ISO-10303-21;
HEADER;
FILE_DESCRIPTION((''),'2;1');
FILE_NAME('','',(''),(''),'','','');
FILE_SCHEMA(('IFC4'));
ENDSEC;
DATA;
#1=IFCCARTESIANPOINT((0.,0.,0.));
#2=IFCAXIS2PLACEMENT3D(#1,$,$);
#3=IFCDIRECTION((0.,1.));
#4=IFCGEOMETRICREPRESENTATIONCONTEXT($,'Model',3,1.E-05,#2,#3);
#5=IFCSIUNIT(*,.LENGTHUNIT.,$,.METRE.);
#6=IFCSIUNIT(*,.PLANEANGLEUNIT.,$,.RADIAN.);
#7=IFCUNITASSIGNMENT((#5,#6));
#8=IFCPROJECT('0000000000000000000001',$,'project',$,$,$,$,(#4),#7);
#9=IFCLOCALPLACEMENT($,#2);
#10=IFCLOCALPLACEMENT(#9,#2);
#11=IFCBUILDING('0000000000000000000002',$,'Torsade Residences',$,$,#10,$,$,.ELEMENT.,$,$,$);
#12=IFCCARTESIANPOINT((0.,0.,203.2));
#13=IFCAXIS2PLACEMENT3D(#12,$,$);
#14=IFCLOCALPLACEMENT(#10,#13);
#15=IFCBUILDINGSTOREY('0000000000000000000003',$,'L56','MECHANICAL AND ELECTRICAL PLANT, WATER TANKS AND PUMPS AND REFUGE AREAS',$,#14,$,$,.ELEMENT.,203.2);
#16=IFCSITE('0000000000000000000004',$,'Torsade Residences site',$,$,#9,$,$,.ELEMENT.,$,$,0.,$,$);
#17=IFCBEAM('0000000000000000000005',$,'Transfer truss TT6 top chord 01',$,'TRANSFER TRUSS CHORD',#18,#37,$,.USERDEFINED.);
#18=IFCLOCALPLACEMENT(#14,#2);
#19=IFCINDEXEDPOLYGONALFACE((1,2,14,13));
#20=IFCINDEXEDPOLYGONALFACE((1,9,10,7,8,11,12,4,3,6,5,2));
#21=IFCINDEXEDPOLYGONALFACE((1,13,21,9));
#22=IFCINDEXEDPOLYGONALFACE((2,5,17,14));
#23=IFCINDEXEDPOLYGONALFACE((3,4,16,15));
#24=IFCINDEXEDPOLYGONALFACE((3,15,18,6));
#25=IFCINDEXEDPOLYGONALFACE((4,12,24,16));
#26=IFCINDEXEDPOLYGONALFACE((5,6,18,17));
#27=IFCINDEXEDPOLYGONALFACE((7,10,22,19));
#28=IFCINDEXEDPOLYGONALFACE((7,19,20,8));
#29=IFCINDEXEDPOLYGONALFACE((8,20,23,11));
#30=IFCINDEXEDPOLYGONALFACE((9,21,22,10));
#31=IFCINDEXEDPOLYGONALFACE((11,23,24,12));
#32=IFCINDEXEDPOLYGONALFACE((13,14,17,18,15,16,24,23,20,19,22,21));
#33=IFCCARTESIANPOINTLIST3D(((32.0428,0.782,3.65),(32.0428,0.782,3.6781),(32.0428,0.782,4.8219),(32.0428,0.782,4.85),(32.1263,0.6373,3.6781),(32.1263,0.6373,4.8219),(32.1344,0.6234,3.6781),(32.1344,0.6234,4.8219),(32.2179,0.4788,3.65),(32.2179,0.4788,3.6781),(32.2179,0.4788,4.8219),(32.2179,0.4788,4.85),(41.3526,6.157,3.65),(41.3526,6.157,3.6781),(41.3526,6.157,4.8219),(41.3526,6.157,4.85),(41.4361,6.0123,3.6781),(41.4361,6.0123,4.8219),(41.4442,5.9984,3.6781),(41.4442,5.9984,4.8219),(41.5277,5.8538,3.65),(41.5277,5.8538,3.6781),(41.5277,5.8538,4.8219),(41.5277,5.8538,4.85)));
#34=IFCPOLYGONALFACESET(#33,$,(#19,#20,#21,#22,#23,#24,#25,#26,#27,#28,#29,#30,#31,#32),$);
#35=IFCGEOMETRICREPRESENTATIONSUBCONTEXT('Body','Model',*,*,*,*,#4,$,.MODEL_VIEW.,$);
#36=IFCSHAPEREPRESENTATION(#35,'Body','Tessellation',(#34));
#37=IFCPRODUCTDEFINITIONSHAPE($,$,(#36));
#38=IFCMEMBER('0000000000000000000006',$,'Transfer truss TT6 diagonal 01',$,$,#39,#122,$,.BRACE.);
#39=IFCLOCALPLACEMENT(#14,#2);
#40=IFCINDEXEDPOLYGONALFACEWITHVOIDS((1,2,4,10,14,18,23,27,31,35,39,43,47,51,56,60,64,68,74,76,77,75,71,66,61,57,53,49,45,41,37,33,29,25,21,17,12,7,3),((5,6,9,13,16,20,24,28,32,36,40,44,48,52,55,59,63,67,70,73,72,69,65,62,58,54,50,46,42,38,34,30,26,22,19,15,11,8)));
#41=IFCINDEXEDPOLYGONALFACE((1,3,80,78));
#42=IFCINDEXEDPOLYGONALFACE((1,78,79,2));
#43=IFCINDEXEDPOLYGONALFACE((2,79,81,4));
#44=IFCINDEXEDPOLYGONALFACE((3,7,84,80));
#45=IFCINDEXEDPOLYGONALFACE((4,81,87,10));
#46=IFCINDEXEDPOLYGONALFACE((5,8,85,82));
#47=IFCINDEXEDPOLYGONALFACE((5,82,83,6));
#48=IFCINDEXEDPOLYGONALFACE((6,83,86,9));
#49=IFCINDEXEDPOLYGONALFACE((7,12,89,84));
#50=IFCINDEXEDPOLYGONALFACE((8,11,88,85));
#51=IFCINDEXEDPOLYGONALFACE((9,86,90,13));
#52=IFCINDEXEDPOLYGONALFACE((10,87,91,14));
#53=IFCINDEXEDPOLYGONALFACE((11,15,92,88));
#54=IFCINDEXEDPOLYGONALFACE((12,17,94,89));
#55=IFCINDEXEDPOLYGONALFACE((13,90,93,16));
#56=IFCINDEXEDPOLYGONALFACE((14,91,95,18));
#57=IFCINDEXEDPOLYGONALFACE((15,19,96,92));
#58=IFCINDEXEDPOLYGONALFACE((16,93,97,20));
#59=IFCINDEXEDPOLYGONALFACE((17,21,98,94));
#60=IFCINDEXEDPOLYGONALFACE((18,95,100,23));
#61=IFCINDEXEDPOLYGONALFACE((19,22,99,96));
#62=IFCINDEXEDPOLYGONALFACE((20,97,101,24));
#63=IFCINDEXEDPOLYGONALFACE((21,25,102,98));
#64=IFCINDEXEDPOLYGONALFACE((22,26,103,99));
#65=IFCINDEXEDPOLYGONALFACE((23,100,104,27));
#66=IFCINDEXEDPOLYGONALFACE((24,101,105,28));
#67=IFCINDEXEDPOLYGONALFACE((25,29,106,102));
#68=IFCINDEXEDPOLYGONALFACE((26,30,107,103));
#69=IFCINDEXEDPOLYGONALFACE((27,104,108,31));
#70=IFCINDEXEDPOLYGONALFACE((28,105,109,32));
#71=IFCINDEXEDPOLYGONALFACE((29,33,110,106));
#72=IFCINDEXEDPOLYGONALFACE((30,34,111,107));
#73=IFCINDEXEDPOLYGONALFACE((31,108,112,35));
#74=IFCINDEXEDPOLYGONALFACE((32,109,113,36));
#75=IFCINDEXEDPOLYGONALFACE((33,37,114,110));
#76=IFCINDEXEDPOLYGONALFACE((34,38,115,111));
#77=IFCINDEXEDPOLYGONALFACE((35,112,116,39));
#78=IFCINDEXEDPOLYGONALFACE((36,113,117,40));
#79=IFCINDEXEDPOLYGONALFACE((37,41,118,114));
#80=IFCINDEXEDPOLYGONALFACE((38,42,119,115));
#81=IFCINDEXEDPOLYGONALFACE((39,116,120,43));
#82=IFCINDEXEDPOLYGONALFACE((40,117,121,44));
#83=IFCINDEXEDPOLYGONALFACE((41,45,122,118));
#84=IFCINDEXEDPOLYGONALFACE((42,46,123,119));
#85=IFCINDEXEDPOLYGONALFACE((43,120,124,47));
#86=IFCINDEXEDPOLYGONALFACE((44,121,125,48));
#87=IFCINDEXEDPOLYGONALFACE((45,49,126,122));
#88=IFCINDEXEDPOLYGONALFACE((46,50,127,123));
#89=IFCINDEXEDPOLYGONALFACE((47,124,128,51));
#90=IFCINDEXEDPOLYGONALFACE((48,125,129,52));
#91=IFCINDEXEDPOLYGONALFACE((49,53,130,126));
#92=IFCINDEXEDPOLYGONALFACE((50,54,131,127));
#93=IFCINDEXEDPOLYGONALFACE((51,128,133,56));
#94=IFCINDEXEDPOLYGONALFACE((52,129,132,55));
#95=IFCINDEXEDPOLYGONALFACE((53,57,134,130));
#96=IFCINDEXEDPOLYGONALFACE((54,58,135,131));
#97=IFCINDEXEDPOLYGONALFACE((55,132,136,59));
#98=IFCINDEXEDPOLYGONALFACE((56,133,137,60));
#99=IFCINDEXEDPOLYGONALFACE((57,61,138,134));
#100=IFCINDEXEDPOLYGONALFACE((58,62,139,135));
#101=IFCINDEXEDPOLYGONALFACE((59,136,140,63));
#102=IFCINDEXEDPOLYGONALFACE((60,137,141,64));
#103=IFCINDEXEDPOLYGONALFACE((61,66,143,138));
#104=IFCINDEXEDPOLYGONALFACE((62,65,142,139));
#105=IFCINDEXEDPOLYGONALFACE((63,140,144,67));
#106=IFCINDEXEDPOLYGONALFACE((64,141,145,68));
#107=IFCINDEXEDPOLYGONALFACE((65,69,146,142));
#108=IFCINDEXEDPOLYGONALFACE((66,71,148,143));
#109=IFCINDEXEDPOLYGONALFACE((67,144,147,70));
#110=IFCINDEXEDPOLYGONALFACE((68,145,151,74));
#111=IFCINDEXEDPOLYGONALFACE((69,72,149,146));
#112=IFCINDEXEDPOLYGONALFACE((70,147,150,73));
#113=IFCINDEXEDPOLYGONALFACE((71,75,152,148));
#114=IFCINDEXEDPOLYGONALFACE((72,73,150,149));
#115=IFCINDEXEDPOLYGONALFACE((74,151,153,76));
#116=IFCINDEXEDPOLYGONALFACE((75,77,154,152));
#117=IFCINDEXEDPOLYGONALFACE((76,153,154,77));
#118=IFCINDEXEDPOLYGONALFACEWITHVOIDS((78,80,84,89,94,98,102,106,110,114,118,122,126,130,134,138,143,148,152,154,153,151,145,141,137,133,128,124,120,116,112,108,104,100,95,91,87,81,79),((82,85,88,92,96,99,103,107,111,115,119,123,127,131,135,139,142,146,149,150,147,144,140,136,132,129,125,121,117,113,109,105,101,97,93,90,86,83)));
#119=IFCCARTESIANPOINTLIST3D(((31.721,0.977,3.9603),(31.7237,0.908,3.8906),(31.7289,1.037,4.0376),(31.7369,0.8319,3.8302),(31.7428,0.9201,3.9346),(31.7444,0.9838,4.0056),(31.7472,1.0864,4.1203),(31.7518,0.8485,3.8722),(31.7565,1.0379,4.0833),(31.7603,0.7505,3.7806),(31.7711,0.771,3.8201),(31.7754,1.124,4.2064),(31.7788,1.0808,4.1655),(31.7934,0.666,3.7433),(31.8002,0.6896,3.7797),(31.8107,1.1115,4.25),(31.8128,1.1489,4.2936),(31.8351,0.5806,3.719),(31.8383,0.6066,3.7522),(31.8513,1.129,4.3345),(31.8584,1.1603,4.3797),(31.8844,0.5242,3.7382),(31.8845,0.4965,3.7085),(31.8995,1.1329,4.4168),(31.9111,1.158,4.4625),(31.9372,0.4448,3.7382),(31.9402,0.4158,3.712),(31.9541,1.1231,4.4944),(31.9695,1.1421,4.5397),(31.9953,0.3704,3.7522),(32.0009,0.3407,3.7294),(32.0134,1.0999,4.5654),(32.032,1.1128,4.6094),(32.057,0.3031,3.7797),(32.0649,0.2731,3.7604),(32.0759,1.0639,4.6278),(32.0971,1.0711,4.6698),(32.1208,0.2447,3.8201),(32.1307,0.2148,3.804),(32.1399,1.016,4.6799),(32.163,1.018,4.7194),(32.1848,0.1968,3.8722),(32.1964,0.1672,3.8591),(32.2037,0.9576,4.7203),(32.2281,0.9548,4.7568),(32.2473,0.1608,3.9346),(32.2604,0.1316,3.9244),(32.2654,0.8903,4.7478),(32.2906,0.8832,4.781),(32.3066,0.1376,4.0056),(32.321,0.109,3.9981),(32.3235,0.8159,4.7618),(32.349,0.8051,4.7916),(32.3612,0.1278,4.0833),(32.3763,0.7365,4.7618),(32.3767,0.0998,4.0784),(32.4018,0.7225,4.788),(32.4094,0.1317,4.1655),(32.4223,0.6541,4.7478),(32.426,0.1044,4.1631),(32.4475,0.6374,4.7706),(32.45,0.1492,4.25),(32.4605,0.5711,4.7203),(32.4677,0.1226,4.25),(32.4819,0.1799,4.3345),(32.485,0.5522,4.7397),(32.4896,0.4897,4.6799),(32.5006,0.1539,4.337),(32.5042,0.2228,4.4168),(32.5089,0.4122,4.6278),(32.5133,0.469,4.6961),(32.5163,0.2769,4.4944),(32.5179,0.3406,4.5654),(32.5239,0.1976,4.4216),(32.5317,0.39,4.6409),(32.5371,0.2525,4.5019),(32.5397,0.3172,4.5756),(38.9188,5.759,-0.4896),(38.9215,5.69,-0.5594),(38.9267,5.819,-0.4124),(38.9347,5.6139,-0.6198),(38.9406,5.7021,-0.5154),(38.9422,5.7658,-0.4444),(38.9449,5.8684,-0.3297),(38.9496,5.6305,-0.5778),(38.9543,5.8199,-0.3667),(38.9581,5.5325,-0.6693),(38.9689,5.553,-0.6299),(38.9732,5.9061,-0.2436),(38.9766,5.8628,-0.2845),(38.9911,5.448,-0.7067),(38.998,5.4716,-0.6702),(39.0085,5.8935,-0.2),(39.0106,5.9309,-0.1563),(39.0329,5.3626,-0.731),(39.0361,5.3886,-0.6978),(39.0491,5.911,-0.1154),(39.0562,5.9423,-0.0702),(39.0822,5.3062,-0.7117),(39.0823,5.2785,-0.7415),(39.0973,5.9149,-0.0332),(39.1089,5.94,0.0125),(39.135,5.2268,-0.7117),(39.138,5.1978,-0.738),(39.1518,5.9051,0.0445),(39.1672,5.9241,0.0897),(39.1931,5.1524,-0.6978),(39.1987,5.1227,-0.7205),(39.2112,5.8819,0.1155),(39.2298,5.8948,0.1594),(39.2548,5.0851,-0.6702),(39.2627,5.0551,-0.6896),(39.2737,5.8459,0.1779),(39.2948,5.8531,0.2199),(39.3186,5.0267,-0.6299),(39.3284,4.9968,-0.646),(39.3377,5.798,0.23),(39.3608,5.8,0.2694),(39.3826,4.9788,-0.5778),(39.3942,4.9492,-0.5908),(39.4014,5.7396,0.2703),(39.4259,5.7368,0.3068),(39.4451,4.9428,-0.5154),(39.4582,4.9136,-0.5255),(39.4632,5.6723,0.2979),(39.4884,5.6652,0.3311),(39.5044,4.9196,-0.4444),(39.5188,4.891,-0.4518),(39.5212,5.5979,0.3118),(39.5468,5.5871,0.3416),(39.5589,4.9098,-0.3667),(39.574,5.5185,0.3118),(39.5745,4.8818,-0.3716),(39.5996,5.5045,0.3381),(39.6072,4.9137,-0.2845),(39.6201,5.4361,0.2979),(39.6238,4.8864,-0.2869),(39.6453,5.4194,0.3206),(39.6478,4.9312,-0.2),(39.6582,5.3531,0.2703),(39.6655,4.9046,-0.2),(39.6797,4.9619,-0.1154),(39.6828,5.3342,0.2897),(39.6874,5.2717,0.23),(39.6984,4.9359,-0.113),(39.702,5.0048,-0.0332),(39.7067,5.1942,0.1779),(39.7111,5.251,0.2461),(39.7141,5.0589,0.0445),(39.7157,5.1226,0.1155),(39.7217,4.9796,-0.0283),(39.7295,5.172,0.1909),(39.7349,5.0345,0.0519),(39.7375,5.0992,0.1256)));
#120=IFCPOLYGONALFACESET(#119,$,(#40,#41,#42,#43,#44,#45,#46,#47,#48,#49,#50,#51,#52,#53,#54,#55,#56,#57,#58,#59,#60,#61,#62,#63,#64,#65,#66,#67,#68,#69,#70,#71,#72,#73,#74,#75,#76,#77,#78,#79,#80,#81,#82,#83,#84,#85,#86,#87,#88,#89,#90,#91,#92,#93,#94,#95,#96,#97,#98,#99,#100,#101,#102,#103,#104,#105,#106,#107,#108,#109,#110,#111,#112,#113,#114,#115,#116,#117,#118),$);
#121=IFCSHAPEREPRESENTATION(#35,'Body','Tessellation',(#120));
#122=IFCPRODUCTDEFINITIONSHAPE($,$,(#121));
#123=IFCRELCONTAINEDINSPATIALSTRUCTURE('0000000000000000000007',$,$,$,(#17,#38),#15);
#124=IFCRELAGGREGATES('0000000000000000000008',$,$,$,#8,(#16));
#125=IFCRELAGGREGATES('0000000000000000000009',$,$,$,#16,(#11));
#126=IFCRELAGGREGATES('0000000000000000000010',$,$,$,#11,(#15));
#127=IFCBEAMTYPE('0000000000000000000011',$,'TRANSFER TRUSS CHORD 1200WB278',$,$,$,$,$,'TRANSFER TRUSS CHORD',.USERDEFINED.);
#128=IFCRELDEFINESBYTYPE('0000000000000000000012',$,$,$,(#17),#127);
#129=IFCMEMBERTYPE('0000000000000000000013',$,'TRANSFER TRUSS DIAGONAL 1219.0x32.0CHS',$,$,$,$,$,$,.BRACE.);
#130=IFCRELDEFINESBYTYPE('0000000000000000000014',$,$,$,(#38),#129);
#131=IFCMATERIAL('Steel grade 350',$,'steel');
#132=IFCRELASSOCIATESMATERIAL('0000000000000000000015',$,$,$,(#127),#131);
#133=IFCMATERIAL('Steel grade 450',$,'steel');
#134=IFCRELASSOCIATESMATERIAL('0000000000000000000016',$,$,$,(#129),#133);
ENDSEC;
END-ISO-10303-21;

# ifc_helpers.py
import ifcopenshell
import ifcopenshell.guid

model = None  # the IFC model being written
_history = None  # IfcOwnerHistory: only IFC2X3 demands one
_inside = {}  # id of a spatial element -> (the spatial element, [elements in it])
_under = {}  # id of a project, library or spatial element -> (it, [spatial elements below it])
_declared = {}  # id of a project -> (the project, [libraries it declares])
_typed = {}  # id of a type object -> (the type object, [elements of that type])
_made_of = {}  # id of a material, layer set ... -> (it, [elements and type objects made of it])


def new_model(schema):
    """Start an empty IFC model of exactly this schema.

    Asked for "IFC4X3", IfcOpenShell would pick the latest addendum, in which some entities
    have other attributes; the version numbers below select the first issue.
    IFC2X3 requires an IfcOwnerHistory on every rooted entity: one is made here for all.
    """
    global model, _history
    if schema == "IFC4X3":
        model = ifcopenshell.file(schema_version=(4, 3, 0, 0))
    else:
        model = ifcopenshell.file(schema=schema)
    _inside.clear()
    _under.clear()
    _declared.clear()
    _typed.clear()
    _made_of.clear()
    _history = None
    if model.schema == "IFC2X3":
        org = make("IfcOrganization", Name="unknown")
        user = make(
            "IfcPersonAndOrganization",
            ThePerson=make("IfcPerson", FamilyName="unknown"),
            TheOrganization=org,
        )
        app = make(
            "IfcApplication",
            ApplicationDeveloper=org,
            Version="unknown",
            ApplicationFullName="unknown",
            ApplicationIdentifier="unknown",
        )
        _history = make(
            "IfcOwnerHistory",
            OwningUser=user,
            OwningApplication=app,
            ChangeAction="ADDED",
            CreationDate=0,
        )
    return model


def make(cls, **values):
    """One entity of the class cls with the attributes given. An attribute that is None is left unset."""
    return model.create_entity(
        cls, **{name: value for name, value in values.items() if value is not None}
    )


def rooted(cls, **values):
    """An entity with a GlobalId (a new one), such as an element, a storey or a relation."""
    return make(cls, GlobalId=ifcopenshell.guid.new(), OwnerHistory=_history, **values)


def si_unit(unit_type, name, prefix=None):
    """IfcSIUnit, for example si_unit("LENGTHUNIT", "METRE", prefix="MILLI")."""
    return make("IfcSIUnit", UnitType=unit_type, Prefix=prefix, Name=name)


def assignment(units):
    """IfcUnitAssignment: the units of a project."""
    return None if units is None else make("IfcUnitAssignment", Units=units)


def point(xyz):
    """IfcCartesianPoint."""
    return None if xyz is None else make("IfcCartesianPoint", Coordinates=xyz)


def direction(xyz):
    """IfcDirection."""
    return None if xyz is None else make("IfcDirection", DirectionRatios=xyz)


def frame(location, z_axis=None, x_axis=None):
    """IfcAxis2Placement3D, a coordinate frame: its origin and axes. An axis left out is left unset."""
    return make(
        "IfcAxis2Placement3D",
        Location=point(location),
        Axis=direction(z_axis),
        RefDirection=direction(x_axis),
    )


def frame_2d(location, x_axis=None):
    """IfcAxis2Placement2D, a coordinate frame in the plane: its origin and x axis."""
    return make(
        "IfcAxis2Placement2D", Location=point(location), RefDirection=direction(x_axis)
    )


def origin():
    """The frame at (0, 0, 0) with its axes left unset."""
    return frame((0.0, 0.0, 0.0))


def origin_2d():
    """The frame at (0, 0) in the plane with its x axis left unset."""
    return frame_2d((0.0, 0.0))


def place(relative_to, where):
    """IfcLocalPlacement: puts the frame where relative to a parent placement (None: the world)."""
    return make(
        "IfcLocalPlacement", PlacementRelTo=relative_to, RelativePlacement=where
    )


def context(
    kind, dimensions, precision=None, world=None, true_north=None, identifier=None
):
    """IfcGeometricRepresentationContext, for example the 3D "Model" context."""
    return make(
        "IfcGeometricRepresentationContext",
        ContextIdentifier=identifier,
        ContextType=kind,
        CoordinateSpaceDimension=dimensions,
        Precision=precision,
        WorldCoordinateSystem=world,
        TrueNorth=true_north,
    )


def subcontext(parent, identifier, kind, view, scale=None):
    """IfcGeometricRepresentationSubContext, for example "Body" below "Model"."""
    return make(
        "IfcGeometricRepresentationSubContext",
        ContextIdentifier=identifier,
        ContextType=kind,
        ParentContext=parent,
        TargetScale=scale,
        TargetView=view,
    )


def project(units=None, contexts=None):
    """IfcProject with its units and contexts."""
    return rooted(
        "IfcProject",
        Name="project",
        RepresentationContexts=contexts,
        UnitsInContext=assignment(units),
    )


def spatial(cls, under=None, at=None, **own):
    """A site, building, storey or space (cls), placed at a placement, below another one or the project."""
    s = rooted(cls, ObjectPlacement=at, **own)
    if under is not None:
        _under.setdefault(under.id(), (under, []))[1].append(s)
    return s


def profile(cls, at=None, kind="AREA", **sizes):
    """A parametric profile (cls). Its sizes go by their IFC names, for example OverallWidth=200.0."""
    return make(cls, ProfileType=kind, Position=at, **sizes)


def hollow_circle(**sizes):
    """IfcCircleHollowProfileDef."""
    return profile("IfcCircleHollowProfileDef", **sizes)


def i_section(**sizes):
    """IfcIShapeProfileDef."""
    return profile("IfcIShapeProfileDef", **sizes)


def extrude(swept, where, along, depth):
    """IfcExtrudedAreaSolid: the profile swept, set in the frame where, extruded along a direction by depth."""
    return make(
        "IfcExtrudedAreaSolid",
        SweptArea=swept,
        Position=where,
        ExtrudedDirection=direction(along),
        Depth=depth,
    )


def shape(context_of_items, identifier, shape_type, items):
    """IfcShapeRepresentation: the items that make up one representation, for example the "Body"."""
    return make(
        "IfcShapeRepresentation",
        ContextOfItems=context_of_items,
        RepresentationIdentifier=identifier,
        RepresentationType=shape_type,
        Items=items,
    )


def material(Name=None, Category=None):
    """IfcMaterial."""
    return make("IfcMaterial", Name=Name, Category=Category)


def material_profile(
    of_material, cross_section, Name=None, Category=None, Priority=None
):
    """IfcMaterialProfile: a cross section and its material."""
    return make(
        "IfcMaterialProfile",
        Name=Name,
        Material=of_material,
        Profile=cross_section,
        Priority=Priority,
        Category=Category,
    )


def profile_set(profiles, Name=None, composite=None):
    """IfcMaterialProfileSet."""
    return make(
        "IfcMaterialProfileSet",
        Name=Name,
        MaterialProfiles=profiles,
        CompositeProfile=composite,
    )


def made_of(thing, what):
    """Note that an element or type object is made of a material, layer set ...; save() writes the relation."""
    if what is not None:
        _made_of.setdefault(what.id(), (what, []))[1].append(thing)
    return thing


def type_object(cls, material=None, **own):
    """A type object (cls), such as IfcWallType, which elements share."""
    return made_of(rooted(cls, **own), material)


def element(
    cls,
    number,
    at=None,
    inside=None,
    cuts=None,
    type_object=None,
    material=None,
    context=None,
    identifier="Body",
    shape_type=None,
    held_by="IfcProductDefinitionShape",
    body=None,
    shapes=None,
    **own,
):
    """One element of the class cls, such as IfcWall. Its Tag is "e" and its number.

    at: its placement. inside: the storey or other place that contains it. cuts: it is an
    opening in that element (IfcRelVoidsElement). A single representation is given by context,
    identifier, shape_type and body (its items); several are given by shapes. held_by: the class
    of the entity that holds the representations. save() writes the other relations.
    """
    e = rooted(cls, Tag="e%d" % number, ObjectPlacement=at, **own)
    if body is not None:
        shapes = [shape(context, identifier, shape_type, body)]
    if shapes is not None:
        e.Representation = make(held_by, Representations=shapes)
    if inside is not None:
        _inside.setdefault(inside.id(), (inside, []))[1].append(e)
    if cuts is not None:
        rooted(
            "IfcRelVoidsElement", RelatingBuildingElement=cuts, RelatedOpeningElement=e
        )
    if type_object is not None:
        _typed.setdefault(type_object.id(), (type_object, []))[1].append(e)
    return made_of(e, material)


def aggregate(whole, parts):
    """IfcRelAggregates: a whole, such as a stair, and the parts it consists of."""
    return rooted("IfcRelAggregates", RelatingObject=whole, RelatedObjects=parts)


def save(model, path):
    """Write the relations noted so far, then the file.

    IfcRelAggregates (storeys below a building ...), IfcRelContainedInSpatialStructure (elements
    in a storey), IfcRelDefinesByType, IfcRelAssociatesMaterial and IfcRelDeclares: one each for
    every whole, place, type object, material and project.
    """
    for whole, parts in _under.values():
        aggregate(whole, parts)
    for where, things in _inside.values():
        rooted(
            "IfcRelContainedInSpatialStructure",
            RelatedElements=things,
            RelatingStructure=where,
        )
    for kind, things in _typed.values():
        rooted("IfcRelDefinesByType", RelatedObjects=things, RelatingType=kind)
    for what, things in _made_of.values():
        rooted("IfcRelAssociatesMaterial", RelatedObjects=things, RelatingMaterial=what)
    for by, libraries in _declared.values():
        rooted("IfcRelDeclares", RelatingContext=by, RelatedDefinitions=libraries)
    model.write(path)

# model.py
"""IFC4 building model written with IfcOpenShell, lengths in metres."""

from ifc_helpers import new_model, si_unit, direction, frame, origin, origin_2d, place, context, subcontext, project, spatial, hollow_circle, i_section, extrude, material, material_profile, profile_set, type_object, element, save


model = new_model("IFC4")

# Units and contexts
model_context = context("Model", 3, precision=1e-05, world=origin(), true_north=direction((0.0, 1.0)))
body_context = subcontext(model_context, "Body", "Model", "MODEL_VIEW")
ifc_project = project(units=[si_unit("LENGTHUNIT", "METRE"), si_unit("PLANEANGLEUNIT", "RADIAN")], contexts=[model_context])

# Site, building, storey
site_placement = place(None, origin())
site = spatial("IfcSite", under=ifc_project, at=site_placement, Name="Torsade Residences site", CompositionType="ELEMENT", RefElevation=0.0)
building_placement = place(site_placement, origin())
building = spatial("IfcBuilding", under=site, at=building_placement, Name="Torsade Residences", CompositionType="ELEMENT")
storey_placement = place(building_placement, frame((0.0, 0.0, 203.2)))
storey = spatial("IfcBuildingStorey", under=building, at=storey_placement, Name="L56", Description="MECHANICAL AND ELECTRICAL PLANT, WATER TANKS AND PUMPS AND REFUGE AREAS", CompositionType="ELEMENT", Elevation=203.2)

# Beam
ifc_material_1 = material(Name="Steel grade 350", Category="steel")
ifc_material_profile_1 = material_profile(ifc_material_1, i_section(OverallWidth=0.3501, OverallDepth=1.2, WebThickness=0.0161, FlangeThickness=0.0281, at=origin_2d()), Name="1200WB278")
ifc_profile_set_1 = profile_set([ifc_material_profile_1], Name="Steel grade 350")
beam_type_1 = type_object("IfcBeamType", Name="TRANSFER TRUSS CHORD 1200WB278", ElementType="TRANSFER TRUSS CHORD", PredefinedType="USERDEFINED", material=ifc_profile_set_1)
beam_1_placement = place(storey_placement, frame((32.1304, 0.6304, 4.25), z_axis=(0.866026, 0.499998, 0.0), x_axis=(-0.499998, 0.866026, 0.0)))
element("IfcBeam", 1, at=beam_1_placement, inside=storey, type_object=beam_type_1, Name="Transfer truss TT6 top chord 01", ObjectType="TRANSFER TRUSS CHORD", PredefinedType="USERDEFINED", context=body_context, shape_type="SweptSolid", body=[
    extrude(i_section(OverallWidth=0.3501, OverallDepth=1.2, WebThickness=0.0161, FlangeThickness=0.0281, at=origin_2d()), origin(), (0.0, 0.0, 1.0), 10.75),
])

# Member
ifc_material_2 = material(Name="Steel grade 450", Category="steel")
ifc_material_profile_2 = material_profile(ifc_material_2, hollow_circle(Radius=0.6096, WallThickness=0.032, at=origin_2d()), Name="1219.0x32.0CHS")
ifc_profile_set_2 = profile_set([ifc_material_profile_2], Name="Steel grade 450")
member_type_1 = type_object("IfcMemberType", Name="TRANSFER TRUSS DIAGONAL 1219.0x32.0CHS", PredefinedType="BRACE", material=ifc_profile_set_2)
member_1_placement = place(storey_placement, frame((39.3281, 5.4124, -0.2), z_axis=(-0.740515, -0.491977, 0.457817), x_axis=(0.553376, -0.832932, 0.0)))
element("IfcMember", 2, at=member_1_placement, inside=storey, type_object=member_type_1, Name="Transfer truss TT6 diagonal 01", PredefinedType="BRACE", context=body_context, shape_type="SweptSolid", body=[
    extrude(hollow_circle(Radius=0.6096, WallThickness=0.032, at=origin_2d()), origin(), (0.0, 0.0, 1.0), 9.72),
])

save(model, "model.ifc")
